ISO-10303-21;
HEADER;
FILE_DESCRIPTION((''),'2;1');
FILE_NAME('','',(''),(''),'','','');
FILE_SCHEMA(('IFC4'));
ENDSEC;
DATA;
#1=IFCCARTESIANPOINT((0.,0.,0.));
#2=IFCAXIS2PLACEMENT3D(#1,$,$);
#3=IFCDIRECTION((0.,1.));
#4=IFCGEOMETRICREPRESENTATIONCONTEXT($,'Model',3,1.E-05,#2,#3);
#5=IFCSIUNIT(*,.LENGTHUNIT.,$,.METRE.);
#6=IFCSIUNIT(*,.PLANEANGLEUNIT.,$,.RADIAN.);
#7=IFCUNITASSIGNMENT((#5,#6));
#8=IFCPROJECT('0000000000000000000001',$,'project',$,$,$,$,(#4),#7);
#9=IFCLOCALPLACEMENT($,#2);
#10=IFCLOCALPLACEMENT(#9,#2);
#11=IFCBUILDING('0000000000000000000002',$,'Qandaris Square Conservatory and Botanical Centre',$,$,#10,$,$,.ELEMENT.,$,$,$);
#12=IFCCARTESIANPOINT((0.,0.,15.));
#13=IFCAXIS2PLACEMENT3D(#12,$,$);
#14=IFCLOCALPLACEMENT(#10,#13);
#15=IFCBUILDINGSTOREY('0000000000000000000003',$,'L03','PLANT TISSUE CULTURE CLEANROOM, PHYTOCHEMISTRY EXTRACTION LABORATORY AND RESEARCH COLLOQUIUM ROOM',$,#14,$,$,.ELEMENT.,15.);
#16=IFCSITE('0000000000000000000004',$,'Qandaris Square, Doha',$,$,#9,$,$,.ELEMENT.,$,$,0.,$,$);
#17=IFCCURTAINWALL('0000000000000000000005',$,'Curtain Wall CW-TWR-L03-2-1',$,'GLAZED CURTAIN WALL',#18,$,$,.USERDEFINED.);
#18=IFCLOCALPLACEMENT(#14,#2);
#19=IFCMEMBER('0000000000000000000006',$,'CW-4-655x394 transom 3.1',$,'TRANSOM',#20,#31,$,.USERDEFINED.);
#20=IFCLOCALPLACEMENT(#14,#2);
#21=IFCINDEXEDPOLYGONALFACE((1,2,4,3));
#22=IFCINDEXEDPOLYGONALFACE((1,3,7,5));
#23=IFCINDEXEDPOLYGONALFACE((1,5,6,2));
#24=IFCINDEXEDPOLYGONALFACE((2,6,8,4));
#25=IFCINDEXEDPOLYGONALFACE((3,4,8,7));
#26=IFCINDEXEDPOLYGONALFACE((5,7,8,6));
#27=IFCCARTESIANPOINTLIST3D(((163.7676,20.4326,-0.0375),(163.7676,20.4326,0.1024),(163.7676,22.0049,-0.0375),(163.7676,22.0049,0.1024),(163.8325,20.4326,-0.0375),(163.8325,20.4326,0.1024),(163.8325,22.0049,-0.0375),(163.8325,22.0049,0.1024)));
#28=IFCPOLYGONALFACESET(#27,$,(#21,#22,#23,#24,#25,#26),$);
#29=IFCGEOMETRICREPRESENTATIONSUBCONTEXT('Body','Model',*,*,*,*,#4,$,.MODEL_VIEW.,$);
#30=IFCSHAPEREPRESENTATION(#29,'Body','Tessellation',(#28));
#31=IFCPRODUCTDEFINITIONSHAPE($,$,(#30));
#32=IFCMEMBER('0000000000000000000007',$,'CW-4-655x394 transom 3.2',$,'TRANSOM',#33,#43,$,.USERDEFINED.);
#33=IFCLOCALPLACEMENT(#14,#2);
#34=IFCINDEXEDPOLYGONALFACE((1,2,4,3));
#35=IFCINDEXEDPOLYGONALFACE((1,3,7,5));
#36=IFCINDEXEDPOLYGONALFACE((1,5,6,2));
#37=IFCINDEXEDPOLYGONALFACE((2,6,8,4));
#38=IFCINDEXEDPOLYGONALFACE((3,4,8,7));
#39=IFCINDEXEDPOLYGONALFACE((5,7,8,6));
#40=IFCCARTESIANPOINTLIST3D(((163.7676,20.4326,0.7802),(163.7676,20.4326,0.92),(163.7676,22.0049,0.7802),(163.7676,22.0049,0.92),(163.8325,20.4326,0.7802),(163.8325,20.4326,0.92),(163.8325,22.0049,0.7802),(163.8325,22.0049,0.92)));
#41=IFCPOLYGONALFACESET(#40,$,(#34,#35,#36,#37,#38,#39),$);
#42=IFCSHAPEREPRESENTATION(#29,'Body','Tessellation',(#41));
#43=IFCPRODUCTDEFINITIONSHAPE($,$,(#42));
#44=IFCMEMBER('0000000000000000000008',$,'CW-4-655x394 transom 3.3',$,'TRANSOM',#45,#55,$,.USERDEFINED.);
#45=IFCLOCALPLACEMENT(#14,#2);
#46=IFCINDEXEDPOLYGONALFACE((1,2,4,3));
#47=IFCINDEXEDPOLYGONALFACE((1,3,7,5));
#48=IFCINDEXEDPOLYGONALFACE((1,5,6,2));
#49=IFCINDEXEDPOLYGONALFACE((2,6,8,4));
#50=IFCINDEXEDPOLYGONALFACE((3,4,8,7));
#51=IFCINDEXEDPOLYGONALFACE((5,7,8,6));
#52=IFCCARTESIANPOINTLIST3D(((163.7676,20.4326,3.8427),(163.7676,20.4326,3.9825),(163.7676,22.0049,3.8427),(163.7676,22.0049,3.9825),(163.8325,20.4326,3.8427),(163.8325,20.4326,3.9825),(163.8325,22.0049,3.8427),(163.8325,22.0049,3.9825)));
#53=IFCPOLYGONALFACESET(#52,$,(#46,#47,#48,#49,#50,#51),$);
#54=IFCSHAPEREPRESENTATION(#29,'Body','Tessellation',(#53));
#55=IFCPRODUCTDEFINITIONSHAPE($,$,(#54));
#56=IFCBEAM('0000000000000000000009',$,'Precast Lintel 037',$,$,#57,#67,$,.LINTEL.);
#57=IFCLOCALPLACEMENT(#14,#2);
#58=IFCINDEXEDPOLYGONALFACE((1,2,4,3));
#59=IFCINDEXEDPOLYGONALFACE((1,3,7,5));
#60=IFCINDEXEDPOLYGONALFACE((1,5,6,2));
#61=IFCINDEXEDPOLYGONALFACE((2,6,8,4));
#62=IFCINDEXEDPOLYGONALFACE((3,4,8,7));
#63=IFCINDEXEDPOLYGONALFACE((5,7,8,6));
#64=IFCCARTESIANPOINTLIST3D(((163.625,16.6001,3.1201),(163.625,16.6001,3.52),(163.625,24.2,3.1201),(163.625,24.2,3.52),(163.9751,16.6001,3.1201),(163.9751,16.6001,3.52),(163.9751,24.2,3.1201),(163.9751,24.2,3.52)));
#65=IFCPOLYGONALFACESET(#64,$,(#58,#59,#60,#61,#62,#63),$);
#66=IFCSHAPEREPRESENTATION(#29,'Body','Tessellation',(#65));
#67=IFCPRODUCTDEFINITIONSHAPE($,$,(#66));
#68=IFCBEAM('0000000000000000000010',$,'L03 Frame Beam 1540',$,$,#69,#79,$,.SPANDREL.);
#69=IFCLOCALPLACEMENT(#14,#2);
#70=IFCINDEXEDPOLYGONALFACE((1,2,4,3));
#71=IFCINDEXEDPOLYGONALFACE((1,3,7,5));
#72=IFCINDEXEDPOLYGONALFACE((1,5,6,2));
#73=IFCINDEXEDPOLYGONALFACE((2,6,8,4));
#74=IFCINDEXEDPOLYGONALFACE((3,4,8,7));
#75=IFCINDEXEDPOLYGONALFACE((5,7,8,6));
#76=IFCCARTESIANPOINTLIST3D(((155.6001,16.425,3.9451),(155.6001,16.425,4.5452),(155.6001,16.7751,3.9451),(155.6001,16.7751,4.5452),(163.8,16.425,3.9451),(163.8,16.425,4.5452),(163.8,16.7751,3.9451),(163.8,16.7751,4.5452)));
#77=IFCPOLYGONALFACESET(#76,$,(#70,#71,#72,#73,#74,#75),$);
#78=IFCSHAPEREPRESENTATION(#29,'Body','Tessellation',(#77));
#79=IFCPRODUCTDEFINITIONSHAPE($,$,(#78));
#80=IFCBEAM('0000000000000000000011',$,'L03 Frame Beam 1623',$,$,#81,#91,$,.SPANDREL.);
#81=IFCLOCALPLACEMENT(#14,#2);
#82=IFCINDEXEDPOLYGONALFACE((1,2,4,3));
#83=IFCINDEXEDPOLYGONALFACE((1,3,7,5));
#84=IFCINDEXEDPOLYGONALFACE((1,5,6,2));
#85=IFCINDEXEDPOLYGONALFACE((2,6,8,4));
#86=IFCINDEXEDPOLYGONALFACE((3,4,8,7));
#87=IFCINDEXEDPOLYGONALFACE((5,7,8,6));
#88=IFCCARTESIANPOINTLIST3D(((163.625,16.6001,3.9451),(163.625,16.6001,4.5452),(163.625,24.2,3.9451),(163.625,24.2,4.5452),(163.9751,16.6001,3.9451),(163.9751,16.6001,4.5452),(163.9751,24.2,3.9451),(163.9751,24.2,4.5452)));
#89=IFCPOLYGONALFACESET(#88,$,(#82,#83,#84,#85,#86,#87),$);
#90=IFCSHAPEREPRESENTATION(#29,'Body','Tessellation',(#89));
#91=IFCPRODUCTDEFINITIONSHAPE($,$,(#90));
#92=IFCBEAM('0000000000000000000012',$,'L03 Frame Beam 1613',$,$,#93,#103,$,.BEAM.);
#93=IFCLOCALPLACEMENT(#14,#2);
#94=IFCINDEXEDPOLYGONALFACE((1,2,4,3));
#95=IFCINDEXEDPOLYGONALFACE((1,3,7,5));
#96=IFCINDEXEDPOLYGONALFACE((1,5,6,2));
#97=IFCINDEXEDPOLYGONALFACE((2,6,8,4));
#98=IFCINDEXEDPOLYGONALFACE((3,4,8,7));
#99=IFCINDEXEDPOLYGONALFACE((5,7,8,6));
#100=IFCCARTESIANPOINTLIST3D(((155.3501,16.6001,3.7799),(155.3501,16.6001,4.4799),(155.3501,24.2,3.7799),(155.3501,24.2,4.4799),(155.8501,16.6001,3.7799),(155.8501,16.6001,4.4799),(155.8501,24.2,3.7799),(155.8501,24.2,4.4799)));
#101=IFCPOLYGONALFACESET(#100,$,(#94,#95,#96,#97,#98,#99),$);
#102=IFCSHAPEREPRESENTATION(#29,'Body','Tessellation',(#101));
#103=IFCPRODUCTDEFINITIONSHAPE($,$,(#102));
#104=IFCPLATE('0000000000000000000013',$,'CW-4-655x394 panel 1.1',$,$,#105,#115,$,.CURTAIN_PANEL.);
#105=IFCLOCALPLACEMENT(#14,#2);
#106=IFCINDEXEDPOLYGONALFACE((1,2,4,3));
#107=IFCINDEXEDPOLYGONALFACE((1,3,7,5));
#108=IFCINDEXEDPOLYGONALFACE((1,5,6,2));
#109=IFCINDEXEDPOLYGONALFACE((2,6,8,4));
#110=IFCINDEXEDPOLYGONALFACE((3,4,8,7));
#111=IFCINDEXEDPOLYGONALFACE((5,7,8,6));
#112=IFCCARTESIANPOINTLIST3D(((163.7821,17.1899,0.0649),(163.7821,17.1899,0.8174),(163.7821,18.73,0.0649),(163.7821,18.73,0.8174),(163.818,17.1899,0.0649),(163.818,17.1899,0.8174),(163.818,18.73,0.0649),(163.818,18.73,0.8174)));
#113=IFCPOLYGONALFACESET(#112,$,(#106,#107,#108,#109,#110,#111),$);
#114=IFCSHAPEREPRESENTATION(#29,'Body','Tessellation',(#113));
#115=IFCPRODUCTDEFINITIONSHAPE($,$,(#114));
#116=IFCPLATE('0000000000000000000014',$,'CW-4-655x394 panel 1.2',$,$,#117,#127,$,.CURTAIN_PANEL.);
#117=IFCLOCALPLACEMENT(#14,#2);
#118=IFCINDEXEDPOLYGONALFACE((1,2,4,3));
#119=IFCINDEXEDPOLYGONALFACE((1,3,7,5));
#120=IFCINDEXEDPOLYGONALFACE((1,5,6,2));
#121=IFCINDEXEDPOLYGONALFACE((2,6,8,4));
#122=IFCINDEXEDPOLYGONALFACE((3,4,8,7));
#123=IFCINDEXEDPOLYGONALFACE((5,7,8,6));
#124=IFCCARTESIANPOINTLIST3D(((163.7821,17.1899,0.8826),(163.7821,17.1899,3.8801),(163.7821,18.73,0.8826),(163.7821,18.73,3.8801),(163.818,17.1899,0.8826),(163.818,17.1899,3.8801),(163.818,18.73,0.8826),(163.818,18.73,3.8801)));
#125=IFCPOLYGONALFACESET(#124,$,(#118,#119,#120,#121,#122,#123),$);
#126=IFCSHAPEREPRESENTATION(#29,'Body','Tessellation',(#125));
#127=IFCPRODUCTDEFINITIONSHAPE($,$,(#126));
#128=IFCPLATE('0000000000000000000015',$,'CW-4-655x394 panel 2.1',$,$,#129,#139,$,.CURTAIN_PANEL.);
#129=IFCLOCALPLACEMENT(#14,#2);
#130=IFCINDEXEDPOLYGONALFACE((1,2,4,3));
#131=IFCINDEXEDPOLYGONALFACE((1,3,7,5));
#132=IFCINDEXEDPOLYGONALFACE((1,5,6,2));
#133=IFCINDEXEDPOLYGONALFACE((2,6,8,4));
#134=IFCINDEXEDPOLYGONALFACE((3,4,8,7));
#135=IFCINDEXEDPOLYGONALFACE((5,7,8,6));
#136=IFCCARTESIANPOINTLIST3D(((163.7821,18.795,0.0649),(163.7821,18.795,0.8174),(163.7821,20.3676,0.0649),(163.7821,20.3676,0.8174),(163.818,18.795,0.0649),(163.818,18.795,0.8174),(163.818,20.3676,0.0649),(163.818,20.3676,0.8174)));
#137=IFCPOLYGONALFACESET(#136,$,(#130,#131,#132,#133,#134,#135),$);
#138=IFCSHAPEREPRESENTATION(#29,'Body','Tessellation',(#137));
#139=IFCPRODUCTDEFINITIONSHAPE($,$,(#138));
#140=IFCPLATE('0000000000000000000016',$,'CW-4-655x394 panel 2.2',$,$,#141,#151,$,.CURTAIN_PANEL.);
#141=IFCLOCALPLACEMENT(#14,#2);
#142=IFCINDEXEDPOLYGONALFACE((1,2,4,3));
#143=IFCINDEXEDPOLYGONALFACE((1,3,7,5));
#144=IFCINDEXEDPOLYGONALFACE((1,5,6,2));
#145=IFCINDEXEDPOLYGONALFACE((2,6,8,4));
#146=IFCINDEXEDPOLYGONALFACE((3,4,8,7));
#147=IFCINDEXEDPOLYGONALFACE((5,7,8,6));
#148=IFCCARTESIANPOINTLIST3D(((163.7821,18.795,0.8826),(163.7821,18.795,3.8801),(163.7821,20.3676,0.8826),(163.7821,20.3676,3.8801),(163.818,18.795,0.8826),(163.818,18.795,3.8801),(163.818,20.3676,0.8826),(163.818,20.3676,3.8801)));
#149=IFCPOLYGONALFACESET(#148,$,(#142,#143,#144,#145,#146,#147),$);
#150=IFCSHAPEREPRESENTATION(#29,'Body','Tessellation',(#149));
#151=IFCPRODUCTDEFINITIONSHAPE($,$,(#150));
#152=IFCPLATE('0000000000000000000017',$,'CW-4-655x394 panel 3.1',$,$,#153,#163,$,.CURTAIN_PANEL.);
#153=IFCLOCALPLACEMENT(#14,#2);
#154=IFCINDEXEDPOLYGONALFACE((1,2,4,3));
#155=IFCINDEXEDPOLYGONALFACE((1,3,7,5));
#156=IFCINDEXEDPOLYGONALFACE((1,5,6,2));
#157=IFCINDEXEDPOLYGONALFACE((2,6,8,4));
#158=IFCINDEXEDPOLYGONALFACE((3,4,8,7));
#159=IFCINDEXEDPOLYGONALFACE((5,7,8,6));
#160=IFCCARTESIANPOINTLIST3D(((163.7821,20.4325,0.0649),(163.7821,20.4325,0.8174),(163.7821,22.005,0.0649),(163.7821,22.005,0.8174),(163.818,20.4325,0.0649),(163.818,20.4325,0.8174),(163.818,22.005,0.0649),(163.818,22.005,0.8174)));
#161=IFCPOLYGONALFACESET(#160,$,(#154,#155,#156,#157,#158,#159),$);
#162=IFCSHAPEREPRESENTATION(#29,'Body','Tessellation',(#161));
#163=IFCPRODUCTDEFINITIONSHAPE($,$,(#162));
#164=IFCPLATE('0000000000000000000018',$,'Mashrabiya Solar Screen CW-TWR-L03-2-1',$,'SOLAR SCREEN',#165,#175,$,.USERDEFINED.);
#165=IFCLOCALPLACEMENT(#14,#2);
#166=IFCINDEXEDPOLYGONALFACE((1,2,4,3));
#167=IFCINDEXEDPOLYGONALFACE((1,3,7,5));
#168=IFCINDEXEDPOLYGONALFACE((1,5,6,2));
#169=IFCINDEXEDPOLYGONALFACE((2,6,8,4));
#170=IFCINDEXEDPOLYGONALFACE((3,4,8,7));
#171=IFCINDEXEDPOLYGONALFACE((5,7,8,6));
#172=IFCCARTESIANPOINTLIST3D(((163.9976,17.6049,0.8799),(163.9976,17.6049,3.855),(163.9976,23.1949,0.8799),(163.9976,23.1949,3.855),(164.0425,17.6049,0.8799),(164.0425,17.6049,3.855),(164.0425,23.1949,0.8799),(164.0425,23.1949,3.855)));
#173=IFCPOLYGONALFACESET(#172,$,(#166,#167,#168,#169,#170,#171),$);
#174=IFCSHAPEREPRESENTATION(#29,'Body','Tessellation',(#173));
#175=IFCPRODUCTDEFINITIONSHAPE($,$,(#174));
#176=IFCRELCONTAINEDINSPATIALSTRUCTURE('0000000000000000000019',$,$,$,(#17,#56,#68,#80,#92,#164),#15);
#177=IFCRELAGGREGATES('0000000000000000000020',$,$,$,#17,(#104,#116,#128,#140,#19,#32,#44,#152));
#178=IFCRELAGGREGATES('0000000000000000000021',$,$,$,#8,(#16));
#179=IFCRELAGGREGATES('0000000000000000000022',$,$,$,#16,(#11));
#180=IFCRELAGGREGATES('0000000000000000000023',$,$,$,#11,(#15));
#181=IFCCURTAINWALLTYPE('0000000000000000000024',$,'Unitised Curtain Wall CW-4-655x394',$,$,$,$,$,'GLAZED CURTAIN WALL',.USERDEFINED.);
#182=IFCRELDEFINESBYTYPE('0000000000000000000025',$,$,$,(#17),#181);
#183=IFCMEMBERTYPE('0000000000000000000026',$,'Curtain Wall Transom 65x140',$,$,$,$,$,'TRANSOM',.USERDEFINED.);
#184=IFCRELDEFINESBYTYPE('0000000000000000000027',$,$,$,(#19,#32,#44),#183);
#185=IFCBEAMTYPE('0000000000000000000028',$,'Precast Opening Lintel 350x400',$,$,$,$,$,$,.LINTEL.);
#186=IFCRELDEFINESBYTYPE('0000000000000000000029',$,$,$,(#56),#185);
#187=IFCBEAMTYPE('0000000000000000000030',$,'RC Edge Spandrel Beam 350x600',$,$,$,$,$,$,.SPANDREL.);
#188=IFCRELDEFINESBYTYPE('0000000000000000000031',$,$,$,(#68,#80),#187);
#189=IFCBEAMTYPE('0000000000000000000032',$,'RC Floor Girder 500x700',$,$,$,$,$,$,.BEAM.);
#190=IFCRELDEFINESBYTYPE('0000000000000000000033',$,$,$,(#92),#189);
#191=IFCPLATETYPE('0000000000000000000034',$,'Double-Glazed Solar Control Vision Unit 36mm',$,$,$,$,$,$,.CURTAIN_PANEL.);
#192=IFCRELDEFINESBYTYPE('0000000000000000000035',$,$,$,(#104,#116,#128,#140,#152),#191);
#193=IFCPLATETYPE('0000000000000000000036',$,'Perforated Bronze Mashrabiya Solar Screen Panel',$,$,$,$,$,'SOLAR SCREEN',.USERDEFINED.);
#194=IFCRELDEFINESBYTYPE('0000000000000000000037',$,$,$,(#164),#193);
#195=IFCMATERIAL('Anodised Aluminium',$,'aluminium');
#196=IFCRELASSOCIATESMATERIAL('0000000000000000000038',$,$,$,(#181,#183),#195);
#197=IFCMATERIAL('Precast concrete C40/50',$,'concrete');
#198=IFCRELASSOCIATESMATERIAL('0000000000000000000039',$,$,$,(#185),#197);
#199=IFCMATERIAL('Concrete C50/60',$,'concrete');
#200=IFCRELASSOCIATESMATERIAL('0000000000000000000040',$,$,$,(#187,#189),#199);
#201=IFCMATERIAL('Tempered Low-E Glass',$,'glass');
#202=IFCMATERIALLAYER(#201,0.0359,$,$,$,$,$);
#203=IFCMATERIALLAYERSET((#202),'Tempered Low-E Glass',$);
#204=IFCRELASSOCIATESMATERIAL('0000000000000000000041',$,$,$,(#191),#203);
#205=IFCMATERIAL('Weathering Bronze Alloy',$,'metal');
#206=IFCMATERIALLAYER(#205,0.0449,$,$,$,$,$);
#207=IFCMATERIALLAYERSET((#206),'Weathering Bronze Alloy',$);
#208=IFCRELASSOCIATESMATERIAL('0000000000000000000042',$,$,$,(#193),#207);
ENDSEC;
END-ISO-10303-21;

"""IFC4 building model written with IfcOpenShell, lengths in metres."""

from ifc_helpers import new_model, si_unit, direction, frame, origin, origin_2d, place, context, subcontext, project, spatial, rectangle, extrude, material, layer, layer_set, material_profile, profile_set, type_object, element, aggregate, save


model = new_model("IFC4")

# Units and contexts
model_context = context("Model", 3, precision=1e-05, world=origin(), true_north=direction((0.0, 1.0)))
body_context = subcontext(model_context, "Body", "Model", "MODEL_VIEW")
ifc_project = project(units=[si_unit("LENGTHUNIT", "METRE"), si_unit("PLANEANGLEUNIT", "RADIAN")], contexts=[model_context])

# Site, building, storey
site_placement = place(None, origin())
site = spatial("IfcSite", under=ifc_project, at=site_placement, Name="Qandaris Square, Doha", CompositionType="ELEMENT", RefElevation=0.0)
building_placement = place(site_placement, origin())
building = spatial("IfcBuilding", under=site, at=building_placement, Name="Qandaris Square Conservatory and Botanical Centre", CompositionType="ELEMENT")
storey_placement = place(building_placement, frame((0.0, 0.0, 15.0)))
storey = spatial("IfcBuildingStorey", under=building, at=storey_placement, Name="L03", Description="PLANT TISSUE CULTURE CLEANROOM, PHYTOCHEMISTRY EXTRACTION LABORATORY AND RESEARCH COLLOQUIUM ROOM", CompositionType="ELEMENT", Elevation=15.0)

# Shared definitions
ifc_material_1 = material(Name="Concrete C50/60", Category="concrete")

# Curtain wall, members
ifc_material_2 = material(Name="Anodised Aluminium", Category="aluminium")
curtain_wall_type = type_object("IfcCurtainWallType", Name="Unitised Curtain Wall CW-4-655x394", ElementType="GLAZED CURTAIN WALL", PredefinedType="USERDEFINED", material=ifc_material_2)
curtain_wall_placement = place(storey_placement, origin())
curtain_wall = element("IfcCurtainWall", 1, at=curtain_wall_placement, inside=storey, type_object=curtain_wall_type, Name="Curtain Wall CW-TWR-L03-2-1", ObjectType="GLAZED CURTAIN WALL", PredefinedType="USERDEFINED")
ifc_material_profile_1 = material_profile(ifc_material_2, rectangle(XDim=0.0649, YDim=0.1399, at=origin_2d()), Name="ALU-TRN 65x140")
ifc_profile_set_1 = profile_set([ifc_material_profile_1], Name="Anodised Aluminium")
member_type_1 = type_object("IfcMemberType", Name="Curtain Wall Transom 65x140", ElementType="TRANSOM", PredefinedType="USERDEFINED", material=ifc_profile_set_1)
member_1_placement = place(storey_placement, frame((163.8, 20.4326, 0.0325), z_axis=(0.0, 1.0, 0.0), x_axis=(-1.0, 0.0, 0.0)))
member_1 = element("IfcMember", 2, at=member_1_placement, type_object=member_type_1, Name="CW-4-655x394 transom 3.1", ObjectType="TRANSOM", PredefinedType="USERDEFINED", context=body_context, shape_type="SweptSolid", body=[
    extrude(rectangle(XDim=0.0649, YDim=0.1399, at=origin_2d()), origin(), (0.0, 0.0, 1.0), 1.5723),
])
member_2_placement = place(storey_placement, frame((163.8, 20.4326, 0.8501), z_axis=(0.0, 1.0, 0.0), x_axis=(-1.0, 0.0, 0.0)))
member_2 = element("IfcMember", 3, at=member_2_placement, type_object=member_type_1, Name="CW-4-655x394 transom 3.2", ObjectType="TRANSOM", PredefinedType="USERDEFINED", context=body_context, shape_type="SweptSolid", body=[
    extrude(rectangle(XDim=0.0649, YDim=0.1399, at=origin_2d()), origin(), (0.0, 0.0, 1.0), 1.5723),
])
member_3_placement = place(storey_placement, frame((163.8, 20.4326, 3.9126), z_axis=(0.0, 1.0, 0.0), x_axis=(-1.0, 0.0, 0.0)))
member_3 = element("IfcMember", 4, at=member_3_placement, type_object=member_type_1, Name="CW-4-655x394 transom 3.3", ObjectType="TRANSOM", PredefinedType="USERDEFINED", context=body_context, shape_type="SweptSolid", body=[
    extrude(rectangle(XDim=0.0649, YDim=0.1399, at=origin_2d()), origin(), (0.0, 0.0, 1.0), 1.5723),
])

# Beams
ifc_material_3 = material(Name="Precast concrete C40/50", Category="concrete")
ifc_material_profile_2 = material_profile(ifc_material_3, rectangle(XDim=0.3501, YDim=0.3999, at=origin_2d()), Name="RC-LN 350x400")
ifc_profile_set_2 = profile_set([ifc_material_profile_2], Name="Precast concrete C40/50")
beam_type_1 = type_object("IfcBeamType", Name="Precast Opening Lintel 350x400", PredefinedType="LINTEL", material=ifc_profile_set_2)
beam_1_placement = place(storey_placement, frame((163.8, 16.6001, 3.3201), z_axis=(0.0, 1.0, 0.0), x_axis=(-1.0, 0.0, 0.0)))
element("IfcBeam", 5, at=beam_1_placement, inside=storey, type_object=beam_type_1, Name="Precast Lintel 037", PredefinedType="LINTEL", context=body_context, shape_type="SweptSolid", body=[
    extrude(rectangle(XDim=0.3501, YDim=0.3999, at=origin_2d()), origin(), (0.0, 0.0, 1.0), 7.5999),
])
ifc_material_profile_3 = material_profile(ifc_material_1, rectangle(XDim=0.3501, YDim=0.6001, at=origin_2d()), Name="RC-SP 350x600")
ifc_profile_set_3 = profile_set([ifc_material_profile_3], Name="Concrete C50/60")
beam_type_2 = type_object("IfcBeamType", Name="RC Edge Spandrel Beam 350x600", PredefinedType="SPANDREL", material=ifc_profile_set_3)
beam_2_placement = place(storey_placement, frame((155.6001, 16.6001, 4.2451), z_axis=(1.0, 0.0, 0.0), x_axis=(0.0, 1.0, 0.0)))
element("IfcBeam", 6, at=beam_2_placement, inside=storey, type_object=beam_type_2, Name="L03 Frame Beam 1540", PredefinedType="SPANDREL", context=body_context, shape_type="SweptSolid", body=[
    extrude(rectangle(XDim=0.3501, YDim=0.6001, at=origin_2d()), origin(), (0.0, 0.0, 1.0), 8.2),
])
beam_3_placement = place(storey_placement, frame((163.8, 16.6001, 4.2451), z_axis=(0.0, 1.0, 0.0), x_axis=(-1.0, 0.0, 0.0)))
element("IfcBeam", 7, at=beam_3_placement, inside=storey, type_object=beam_type_2, Name="L03 Frame Beam 1623", PredefinedType="SPANDREL", context=body_context, shape_type="SweptSolid", body=[
    extrude(rectangle(XDim=0.3501, YDim=0.6001, at=origin_2d()), origin(), (0.0, 0.0, 1.0), 7.5999),
])
ifc_material_profile_4 = material_profile(ifc_material_1, rectangle(XDim=0.5, YDim=0.7, at=origin_2d()), Name="RC-BM 500x700")
ifc_profile_set_4 = profile_set([ifc_material_profile_4], Name="Concrete C50/60")
beam_type_3 = type_object("IfcBeamType", Name="RC Floor Girder 500x700", PredefinedType="BEAM", material=ifc_profile_set_4)
beam_4_placement = place(storey_placement, frame((155.6001, 16.6001, 4.1299), z_axis=(0.0, 1.0, 0.0), x_axis=(-1.0, 0.0, 0.0)))
element("IfcBeam", 8, at=beam_4_placement, inside=storey, type_object=beam_type_3, Name="L03 Frame Beam 1613", PredefinedType="BEAM", context=body_context, shape_type="SweptSolid", body=[
    extrude(rectangle(XDim=0.5, YDim=0.7, at=origin_2d()), origin(), (0.0, 0.0, 1.0), 7.5999),
])

# Plates
ifc_material_4 = material(Name="Tempered Low-E Glass", Category="glass")
ifc_layer_1 = layer(ifc_material_4, 0.0359)
ifc_layer_set_1 = layer_set([ifc_layer_1], Name="Tempered Low-E Glass")
plate_type_1 = type_object("IfcPlateType", Name="Double-Glazed Solar Control Vision Unit 36mm", PredefinedType="CURTAIN_PANEL", material=ifc_layer_set_1)
plate_1_placement = place(storey_placement, frame((163.8, 17.96, 0.0649), z_axis=(0.0, 0.0, 1.0), x_axis=(0.0, 1.0, 0.0)))
plate_1 = element("IfcPlate", 9, at=plate_1_placement, type_object=plate_type_1, Name="CW-4-655x394 panel 1.1", PredefinedType="CURTAIN_PANEL", context=body_context, shape_type="SweptSolid", body=[
    extrude(rectangle(XDim=1.54, YDim=0.0359, at=origin_2d()), origin(), (0.0, 0.0, 1.0), 0.7524),
])
plate_2_placement = place(storey_placement, frame((163.8, 17.96, 0.8826), z_axis=(0.0, 0.0, 1.0), x_axis=(0.0, 1.0, 0.0)))
plate_2 = element("IfcPlate", 10, at=plate_2_placement, type_object=plate_type_1, Name="CW-4-655x394 panel 1.2", PredefinedType="CURTAIN_PANEL", context=body_context, shape_type="SweptSolid", body=[
    extrude(rectangle(XDim=1.54, YDim=0.0359, at=origin_2d()), origin(), (0.0, 0.0, 1.0), 2.9976),
])
plate_3_placement = place(storey_placement, frame((163.8, 19.5813, 0.0649), z_axis=(0.0, 0.0, 1.0), x_axis=(0.0, 1.0, 0.0)))
plate_3 = element("IfcPlate", 11, at=plate_3_placement, type_object=plate_type_1, Name="CW-4-655x394 panel 2.1", PredefinedType="CURTAIN_PANEL", context=body_context, shape_type="SweptSolid", body=[
    extrude(rectangle(XDim=1.5725, YDim=0.0359, at=origin_2d()), origin(), (0.0, 0.0, 1.0), 0.7524),
])
plate_4_placement = place(storey_placement, frame((163.8, 19.5813, 0.8826), z_axis=(0.0, 0.0, 1.0), x_axis=(0.0, 1.0, 0.0)))
plate_4 = element("IfcPlate", 12, at=plate_4_placement, type_object=plate_type_1, Name="CW-4-655x394 panel 2.2", PredefinedType="CURTAIN_PANEL", context=body_context, shape_type="SweptSolid", body=[
    extrude(rectangle(XDim=1.5725, YDim=0.0359, at=origin_2d()), origin(), (0.0, 0.0, 1.0), 2.9976),
])
plate_5_placement = place(storey_placement, frame((163.8, 21.2188, 0.0649), z_axis=(0.0, 0.0, 1.0), x_axis=(0.0, 1.0, 0.0)))
plate_5 = element("IfcPlate", 13, at=plate_5_placement, type_object=plate_type_1, Name="CW-4-655x394 panel 3.1", PredefinedType="CURTAIN_PANEL", context=body_context, shape_type="SweptSolid", body=[
    extrude(rectangle(XDim=1.5725, YDim=0.0359, at=origin_2d()), origin(), (0.0, 0.0, 1.0), 0.7524),
])
aggregate(curtain_wall, [plate_1, plate_2, plate_3, plate_4, member_1, member_2, member_3, plate_5])
ifc_material_5 = material(Name="Weathering Bronze Alloy", Category="metal")
ifc_layer_2 = layer(ifc_material_5, 0.0449)
ifc_layer_set_2 = layer_set([ifc_layer_2], Name="Weathering Bronze Alloy")
plate_type_2 = type_object("IfcPlateType", Name="Perforated Bronze Mashrabiya Solar Screen Panel", ElementType="SOLAR SCREEN", PredefinedType="USERDEFINED", material=ifc_layer_set_2)
plate_6_placement = place(storey_placement, frame((164.02, 20.3999, 0.8799), z_axis=(0.0, 0.0, 1.0), x_axis=(0.0, 1.0, 0.0)))
element("IfcPlate", 14, at=plate_6_placement, inside=storey, type_object=plate_type_2, Name="Mashrabiya Solar Screen CW-TWR-L03-2-1", ObjectType="SOLAR SCREEN", PredefinedType="USERDEFINED", context=body_context, shape_type="SweptSolid", body=[
    extrude(rectangle(XDim=5.5901, YDim=0.0449, at=origin_2d()), origin(), (0.0, 0.0, 1.0), 2.9751),
])

save(model, "model.ifc")
